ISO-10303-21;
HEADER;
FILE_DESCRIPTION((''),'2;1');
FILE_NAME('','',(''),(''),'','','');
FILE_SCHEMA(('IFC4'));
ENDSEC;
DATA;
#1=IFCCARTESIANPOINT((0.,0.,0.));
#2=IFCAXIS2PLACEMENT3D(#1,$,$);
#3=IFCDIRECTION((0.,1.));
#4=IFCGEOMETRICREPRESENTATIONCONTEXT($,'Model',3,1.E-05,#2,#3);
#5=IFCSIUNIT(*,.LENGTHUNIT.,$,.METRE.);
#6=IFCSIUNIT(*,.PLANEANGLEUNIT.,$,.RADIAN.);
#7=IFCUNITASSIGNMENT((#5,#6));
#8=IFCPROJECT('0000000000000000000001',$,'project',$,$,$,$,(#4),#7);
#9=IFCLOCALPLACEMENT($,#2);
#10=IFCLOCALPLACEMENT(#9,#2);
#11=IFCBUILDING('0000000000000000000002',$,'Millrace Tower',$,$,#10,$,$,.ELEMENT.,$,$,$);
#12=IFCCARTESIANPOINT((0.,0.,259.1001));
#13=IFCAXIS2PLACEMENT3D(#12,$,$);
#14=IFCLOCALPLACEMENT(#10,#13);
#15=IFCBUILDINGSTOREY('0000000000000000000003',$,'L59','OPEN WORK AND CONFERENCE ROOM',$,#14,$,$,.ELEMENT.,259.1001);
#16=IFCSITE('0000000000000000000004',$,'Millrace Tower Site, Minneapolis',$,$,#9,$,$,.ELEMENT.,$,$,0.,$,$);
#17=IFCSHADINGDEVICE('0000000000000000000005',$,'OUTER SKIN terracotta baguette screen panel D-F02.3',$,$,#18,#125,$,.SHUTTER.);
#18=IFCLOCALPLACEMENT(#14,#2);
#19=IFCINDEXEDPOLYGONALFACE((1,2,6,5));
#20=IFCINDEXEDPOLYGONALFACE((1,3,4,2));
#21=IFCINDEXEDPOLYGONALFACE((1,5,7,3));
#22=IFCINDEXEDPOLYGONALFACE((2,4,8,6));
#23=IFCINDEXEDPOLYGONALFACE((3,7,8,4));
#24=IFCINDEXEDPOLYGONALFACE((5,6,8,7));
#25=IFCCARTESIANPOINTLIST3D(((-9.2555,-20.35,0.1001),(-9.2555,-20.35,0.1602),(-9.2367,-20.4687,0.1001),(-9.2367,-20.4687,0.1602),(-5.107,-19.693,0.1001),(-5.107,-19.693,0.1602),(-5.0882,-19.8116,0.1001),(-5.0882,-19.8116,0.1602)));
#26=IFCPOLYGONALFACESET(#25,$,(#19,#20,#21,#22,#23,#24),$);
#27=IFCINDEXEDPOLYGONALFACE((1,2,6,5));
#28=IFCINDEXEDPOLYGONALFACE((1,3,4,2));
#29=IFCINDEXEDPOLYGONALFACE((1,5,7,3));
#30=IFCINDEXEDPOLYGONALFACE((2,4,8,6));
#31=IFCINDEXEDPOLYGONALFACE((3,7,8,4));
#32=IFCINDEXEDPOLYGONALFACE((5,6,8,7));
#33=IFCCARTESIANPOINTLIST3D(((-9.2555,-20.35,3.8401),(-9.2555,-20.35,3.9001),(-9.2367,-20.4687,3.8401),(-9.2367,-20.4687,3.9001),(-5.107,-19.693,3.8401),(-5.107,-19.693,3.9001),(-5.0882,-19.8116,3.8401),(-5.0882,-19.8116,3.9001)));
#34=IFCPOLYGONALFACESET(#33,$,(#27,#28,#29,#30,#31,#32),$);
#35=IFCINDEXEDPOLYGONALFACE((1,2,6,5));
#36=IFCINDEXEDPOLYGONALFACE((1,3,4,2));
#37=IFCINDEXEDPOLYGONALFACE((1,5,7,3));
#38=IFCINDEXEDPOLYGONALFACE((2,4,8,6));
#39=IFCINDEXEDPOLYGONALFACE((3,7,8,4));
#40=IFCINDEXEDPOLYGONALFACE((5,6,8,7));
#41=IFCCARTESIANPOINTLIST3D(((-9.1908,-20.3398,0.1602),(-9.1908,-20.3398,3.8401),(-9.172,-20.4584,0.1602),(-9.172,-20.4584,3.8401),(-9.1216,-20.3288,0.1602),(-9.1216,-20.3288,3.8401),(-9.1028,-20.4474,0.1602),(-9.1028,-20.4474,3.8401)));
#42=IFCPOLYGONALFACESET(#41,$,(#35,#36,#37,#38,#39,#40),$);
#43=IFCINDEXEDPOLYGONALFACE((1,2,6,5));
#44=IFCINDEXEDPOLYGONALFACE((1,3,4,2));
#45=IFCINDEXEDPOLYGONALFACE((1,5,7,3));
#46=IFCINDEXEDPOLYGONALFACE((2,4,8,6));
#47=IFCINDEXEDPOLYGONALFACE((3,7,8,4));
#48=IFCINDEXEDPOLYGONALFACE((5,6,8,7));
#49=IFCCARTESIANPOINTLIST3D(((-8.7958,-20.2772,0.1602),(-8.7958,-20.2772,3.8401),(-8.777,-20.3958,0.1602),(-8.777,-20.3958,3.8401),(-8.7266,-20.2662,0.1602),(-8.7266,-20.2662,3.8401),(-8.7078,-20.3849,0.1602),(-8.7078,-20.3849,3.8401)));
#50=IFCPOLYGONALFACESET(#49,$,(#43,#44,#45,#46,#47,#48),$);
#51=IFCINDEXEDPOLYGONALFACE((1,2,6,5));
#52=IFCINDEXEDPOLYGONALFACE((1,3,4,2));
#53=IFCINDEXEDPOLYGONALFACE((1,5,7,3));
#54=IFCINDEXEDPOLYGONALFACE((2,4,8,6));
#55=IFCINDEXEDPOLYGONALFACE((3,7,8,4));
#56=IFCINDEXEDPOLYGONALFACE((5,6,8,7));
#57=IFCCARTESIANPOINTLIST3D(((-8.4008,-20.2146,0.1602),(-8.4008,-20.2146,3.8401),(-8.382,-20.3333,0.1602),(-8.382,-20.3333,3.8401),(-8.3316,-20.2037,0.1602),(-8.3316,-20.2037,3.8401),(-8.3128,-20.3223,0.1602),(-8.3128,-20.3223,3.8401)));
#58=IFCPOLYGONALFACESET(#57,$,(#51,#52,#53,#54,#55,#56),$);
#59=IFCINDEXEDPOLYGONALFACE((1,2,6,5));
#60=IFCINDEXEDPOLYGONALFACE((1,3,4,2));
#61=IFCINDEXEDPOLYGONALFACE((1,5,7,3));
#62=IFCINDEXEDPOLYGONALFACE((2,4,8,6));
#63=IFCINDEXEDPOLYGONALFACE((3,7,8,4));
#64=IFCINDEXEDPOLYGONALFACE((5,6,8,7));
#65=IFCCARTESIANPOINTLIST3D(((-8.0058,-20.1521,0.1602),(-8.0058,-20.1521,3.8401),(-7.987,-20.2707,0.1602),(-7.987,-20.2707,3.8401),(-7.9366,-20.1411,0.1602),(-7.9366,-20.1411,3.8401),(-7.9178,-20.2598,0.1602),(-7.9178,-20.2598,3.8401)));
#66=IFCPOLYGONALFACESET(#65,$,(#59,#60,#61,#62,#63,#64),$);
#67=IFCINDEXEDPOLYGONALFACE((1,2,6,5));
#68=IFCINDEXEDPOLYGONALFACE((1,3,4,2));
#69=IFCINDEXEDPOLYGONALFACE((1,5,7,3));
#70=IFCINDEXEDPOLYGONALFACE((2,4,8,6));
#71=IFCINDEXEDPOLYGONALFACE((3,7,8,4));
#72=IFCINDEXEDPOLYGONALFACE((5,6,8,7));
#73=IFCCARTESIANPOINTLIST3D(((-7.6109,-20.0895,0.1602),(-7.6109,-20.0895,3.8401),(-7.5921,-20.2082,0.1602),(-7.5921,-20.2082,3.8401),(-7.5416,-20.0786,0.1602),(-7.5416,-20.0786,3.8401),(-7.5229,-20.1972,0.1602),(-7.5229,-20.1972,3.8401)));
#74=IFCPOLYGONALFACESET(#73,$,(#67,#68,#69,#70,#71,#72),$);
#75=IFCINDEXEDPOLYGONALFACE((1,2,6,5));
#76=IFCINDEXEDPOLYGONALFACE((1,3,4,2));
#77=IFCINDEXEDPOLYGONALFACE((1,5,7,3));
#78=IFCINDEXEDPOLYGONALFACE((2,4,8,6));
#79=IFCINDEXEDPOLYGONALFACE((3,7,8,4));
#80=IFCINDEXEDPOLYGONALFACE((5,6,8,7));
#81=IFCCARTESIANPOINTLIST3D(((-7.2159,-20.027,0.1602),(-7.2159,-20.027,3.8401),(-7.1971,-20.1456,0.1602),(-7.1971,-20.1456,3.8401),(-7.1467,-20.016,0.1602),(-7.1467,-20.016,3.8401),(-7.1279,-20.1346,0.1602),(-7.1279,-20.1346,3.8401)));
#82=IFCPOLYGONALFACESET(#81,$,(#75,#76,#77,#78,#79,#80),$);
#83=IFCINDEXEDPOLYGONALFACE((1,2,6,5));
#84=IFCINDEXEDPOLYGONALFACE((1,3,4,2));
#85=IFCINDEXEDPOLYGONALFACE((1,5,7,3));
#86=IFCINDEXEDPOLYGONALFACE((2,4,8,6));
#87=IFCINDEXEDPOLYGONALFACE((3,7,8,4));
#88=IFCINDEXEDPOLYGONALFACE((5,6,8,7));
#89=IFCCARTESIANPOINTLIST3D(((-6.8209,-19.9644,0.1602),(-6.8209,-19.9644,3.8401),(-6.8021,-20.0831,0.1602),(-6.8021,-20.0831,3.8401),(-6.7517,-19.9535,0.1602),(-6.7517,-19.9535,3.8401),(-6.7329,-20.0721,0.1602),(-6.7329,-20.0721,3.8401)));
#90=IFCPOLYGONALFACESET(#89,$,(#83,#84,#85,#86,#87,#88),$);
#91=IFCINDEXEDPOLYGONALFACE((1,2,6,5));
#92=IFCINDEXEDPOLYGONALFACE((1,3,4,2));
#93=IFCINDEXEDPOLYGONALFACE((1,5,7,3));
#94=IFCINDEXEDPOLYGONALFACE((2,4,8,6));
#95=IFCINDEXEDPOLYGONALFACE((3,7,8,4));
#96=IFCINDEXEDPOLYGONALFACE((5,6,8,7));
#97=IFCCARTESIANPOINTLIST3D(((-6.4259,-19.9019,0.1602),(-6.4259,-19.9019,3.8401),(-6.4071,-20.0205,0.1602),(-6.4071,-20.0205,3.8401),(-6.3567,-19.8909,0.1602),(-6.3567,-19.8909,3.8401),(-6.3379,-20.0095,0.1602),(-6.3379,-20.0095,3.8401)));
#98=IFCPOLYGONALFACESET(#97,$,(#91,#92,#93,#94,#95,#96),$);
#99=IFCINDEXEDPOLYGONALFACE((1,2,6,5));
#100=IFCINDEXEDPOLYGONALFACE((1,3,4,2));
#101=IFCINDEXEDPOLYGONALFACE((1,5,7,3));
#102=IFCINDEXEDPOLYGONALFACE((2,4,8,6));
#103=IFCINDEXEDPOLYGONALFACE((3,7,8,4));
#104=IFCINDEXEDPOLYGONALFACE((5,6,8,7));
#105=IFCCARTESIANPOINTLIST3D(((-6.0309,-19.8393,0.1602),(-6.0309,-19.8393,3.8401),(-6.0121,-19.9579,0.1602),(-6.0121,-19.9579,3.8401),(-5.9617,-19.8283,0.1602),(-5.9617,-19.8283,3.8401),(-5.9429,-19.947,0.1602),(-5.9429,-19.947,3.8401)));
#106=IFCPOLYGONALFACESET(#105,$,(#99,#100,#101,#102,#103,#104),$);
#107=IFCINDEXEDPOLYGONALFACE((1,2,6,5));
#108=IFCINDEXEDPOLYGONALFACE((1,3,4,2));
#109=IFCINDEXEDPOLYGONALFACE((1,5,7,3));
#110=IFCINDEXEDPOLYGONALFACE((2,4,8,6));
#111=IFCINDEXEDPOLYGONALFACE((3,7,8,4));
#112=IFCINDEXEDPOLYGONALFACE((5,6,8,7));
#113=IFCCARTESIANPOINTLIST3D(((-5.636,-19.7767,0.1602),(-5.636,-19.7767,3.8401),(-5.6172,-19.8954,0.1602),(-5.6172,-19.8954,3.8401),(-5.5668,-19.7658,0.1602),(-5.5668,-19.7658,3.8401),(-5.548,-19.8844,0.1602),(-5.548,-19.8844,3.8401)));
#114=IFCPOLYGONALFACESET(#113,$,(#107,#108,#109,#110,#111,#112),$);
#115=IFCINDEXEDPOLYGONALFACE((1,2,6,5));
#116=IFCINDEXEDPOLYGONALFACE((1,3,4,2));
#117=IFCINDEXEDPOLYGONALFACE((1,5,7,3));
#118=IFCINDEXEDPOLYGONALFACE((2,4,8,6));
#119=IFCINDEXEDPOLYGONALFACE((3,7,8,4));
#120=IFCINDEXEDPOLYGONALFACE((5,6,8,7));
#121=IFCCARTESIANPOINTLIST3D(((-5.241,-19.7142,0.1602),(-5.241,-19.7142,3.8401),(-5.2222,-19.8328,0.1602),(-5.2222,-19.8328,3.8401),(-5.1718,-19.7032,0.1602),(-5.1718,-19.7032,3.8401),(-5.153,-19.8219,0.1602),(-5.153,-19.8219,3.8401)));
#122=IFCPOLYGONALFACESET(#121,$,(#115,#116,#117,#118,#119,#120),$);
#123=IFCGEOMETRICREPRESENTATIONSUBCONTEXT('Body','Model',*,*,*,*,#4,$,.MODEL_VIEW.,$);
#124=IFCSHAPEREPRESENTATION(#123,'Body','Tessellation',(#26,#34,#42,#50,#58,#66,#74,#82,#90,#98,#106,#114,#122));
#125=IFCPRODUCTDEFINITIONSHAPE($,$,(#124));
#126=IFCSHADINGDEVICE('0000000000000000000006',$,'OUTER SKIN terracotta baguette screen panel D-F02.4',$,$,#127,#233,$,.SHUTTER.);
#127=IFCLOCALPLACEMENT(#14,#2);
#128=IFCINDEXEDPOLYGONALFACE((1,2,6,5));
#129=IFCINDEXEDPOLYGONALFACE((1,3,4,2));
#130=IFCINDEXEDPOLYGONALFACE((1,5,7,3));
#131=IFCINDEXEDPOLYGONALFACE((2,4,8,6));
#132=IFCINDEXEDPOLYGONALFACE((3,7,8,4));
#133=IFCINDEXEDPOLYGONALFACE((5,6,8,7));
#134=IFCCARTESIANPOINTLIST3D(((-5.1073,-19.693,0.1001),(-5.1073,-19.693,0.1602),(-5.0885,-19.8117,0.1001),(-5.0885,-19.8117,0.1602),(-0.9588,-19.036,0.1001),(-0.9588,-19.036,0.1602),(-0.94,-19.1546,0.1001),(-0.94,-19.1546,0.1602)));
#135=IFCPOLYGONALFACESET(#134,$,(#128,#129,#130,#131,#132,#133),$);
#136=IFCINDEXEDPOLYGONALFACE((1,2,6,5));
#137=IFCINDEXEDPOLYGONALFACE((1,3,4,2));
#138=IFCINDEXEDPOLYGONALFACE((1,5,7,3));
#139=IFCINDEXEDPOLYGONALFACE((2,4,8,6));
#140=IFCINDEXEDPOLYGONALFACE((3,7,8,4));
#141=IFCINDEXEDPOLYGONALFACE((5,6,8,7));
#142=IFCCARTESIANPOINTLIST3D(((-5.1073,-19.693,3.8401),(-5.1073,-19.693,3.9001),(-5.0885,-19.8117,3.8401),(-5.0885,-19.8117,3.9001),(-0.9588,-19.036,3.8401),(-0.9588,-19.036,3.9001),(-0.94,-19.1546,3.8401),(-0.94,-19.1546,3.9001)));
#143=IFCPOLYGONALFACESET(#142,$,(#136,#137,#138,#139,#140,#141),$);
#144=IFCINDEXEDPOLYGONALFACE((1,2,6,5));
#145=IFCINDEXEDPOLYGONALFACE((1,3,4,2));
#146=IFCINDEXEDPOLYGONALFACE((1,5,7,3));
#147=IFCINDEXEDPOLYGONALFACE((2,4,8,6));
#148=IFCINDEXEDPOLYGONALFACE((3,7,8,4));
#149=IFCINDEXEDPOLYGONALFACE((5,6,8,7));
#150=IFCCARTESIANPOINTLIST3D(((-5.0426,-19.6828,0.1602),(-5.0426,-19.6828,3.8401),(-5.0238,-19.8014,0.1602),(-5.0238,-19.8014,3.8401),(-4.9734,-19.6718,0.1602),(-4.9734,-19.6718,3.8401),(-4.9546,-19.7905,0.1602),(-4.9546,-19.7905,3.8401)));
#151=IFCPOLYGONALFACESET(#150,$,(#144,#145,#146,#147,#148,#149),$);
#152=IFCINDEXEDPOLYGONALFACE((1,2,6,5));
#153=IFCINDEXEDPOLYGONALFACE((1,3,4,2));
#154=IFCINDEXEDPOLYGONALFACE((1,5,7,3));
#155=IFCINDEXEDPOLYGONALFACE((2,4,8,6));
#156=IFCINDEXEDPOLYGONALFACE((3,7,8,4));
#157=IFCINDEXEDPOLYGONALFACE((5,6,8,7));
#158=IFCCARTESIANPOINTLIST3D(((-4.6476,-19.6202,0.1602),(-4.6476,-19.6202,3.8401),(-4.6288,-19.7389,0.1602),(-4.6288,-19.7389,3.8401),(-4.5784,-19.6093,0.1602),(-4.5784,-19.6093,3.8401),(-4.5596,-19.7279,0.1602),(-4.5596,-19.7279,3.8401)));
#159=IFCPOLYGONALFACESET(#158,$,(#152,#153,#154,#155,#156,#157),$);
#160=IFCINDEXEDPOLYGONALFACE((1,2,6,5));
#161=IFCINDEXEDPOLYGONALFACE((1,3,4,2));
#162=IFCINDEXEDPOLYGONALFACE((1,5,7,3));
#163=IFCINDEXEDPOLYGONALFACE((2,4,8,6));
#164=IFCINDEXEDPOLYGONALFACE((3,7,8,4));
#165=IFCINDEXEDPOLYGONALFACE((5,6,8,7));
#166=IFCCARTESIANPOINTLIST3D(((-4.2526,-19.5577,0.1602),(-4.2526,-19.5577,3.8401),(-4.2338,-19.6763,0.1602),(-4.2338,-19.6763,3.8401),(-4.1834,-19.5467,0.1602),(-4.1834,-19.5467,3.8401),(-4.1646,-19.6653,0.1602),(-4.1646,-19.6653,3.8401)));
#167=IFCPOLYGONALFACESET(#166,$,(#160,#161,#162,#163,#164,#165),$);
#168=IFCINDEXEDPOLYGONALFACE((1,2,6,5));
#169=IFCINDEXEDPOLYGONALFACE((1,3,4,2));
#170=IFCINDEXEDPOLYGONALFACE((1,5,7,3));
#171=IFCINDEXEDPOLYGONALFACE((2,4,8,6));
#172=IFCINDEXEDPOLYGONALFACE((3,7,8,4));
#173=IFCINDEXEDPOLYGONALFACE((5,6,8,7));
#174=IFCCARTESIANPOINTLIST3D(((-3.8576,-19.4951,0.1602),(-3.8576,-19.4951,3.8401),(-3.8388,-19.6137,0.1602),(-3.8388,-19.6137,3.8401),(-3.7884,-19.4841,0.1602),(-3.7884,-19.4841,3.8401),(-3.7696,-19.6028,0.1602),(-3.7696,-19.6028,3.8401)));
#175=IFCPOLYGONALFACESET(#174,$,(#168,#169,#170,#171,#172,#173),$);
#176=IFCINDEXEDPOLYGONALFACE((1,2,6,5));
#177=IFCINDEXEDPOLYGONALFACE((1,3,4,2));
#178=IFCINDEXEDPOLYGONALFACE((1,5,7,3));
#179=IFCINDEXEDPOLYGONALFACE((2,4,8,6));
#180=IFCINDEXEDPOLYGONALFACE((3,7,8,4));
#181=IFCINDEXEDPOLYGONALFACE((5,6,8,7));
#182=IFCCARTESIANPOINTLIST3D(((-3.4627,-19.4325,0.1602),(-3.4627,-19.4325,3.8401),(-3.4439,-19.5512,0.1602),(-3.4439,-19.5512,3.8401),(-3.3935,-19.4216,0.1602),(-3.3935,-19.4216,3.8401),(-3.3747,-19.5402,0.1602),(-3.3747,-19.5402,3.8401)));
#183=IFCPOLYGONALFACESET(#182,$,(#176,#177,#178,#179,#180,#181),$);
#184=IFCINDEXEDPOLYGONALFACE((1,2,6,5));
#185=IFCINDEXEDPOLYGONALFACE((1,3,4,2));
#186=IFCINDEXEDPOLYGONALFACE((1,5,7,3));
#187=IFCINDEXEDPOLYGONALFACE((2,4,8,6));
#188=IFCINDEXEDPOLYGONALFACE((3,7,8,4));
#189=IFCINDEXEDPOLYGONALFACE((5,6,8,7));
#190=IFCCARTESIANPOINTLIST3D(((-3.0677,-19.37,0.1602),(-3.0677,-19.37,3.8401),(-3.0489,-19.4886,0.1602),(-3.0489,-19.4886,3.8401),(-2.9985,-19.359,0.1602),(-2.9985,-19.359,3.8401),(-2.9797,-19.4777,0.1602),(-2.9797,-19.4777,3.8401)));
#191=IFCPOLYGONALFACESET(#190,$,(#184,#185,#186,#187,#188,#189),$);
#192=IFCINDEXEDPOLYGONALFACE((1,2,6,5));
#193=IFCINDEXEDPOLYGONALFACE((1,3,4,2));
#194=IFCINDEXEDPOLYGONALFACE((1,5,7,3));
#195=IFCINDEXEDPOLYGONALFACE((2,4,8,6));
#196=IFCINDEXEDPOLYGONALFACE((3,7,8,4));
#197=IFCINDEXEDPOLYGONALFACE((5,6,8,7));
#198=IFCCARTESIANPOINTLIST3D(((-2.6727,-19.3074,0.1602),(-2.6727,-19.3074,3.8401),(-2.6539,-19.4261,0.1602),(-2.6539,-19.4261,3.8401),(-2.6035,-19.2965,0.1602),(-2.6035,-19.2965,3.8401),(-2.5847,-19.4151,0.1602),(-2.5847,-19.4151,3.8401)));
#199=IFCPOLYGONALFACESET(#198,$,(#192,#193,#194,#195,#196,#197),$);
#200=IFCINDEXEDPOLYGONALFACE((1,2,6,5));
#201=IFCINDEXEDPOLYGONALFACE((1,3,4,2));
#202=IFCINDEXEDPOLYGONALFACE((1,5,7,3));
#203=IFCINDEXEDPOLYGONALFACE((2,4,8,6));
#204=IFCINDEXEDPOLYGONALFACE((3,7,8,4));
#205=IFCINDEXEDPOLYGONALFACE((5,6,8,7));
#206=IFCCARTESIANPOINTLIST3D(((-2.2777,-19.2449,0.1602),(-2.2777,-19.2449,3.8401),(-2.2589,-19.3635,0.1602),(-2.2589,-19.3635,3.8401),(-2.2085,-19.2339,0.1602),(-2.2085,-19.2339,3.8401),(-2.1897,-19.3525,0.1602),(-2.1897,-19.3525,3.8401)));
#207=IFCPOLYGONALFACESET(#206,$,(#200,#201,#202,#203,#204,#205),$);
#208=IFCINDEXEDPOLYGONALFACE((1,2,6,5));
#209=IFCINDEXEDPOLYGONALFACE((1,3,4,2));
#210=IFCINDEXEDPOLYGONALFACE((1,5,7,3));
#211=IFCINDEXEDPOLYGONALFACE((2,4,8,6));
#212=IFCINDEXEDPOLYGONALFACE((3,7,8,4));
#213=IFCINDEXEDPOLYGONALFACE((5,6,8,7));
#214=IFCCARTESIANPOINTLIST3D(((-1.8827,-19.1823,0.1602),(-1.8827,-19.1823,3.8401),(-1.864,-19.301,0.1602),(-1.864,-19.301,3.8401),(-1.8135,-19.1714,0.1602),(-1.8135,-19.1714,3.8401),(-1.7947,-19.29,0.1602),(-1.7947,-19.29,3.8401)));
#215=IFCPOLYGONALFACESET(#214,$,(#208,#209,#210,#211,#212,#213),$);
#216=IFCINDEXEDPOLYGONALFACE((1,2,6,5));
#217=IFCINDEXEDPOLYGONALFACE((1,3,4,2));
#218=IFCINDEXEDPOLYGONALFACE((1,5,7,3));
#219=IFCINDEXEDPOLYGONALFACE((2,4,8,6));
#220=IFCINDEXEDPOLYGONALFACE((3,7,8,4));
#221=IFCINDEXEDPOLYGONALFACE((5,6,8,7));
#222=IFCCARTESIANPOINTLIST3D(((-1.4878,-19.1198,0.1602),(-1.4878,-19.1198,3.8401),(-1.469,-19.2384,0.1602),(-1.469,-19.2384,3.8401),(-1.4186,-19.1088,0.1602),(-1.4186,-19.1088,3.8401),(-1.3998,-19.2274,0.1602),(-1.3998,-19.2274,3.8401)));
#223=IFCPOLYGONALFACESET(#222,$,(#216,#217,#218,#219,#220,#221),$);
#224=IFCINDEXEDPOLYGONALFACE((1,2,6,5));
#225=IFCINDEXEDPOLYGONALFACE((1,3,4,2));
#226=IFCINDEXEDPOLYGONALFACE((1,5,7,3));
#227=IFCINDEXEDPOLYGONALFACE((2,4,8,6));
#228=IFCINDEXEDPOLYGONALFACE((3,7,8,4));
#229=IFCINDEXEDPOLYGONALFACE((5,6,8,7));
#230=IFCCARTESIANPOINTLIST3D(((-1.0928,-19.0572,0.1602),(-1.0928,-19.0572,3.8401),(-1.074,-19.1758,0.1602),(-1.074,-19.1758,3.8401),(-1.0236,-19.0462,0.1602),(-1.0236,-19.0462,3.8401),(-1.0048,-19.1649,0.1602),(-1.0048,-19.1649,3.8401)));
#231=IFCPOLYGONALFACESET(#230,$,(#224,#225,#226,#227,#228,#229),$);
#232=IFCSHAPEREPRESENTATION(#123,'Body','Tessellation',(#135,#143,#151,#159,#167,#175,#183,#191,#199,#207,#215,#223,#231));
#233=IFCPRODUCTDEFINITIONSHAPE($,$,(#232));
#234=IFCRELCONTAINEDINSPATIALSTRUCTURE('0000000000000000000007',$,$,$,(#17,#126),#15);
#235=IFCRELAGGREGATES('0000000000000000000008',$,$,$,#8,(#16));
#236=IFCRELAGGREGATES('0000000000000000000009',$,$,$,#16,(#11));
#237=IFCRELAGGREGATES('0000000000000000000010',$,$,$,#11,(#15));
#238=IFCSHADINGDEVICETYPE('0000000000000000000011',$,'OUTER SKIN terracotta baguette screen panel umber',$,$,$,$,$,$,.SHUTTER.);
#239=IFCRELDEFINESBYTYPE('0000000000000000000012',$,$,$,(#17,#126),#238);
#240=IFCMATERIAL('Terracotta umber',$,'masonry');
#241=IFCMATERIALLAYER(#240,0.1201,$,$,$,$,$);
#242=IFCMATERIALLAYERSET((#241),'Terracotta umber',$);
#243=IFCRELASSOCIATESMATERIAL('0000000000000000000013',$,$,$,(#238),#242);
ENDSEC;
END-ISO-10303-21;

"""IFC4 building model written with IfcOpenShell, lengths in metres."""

from ifc_helpers import new_model, entity, si_unit, direction, frame, frame_2d, origin, origin_2d, place, context, subcontext, project, spatial, rectangle, extrude, source, transform, mapped, material, layer, layer_set, type_object, element, save


model = new_model("IFC4")

# Units and contexts
model_context = context("Model", 3, precision=1e-05, world=origin(), true_north=direction((0.0, 1.0)))
body_context = subcontext(model_context, "Body", "Model", "MODEL_VIEW")
ifc_project = project(units=[si_unit("LENGTHUNIT", "METRE"), si_unit("PLANEANGLEUNIT", "RADIAN")], contexts=[model_context])

# Site, building, storey
site_placement = place(None, origin())
site = spatial("IfcSite", under=ifc_project, at=site_placement, Name="Millrace Tower Site, Minneapolis", CompositionType="ELEMENT", RefElevation=0.0)
building_placement = place(site_placement, origin())
building = spatial("IfcBuilding", under=site, at=building_placement, Name="Millrace Tower", CompositionType="ELEMENT")
storey_placement = place(building_placement, frame((0.0, 0.0, 259.1001)))
storey = spatial("IfcBuildingStorey", under=building, at=storey_placement, Name="L59", Description="OPEN WORK AND CONFERENCE ROOM", CompositionType="ELEMENT", Elevation=259.1001)

# Shading devices
ifc_material_1 = material(Name="Terracotta umber", Category="masonry")
ifc_layer_1 = layer(ifc_material_1, 0.1201)
ifc_layer_set_1 = layer_set([ifc_layer_1], Name="Terracotta umber")
shading_device_type = type_object("IfcShadingDeviceType", Name="OUTER SKIN terracotta baguette screen panel umber", PredefinedType="SHUTTER", material=ifc_layer_set_1)
cartesian_point = entity("IfcCartesianPoint", [-2.1001, 0.0601])
shared_polyline = entity("IfcPolyline", [cartesian_point, entity("IfcCartesianPoint", [2.1001, 0.0601]), entity("IfcCartesianPoint", [2.1001, -0.0601]), entity("IfcCartesianPoint", [-2.1001, -0.0601]), cartesian_point])
shared_shape = source(origin(), body_context, "Body", "SweptSolid", [
    entity("IfcExtrudedAreaSolid", entity("IfcArbitraryClosedProfileDef", "AREA", None, shared_polyline), entity("IfcAxis2Placement3D", entity("IfcCartesianPoint", [0.0, 0.0, 0.0])), entity("IfcDirection", [0.0, 0.0, 1.0]), 0.0601),
    entity("IfcExtrudedAreaSolid", entity("IfcArbitraryClosedProfileDef", "AREA", None, shared_polyline), entity("IfcAxis2Placement3D", entity("IfcCartesianPoint", [0.0, 0.0, 3.74])), entity("IfcDirection", [0.0, 0.0, 1.0]), 0.0601),
    extrude(rectangle(XDim=0.0701, YDim=0.1201, at=frame_2d((-1.9995, 0.0))), frame((0.0, 0.0, 0.0601)), (0.0, 0.0, 1.0), 3.6799),
    extrude(rectangle(XDim=0.0701, YDim=0.1201, at=frame_2d((-1.5996, 0.0))), frame((0.0, 0.0, 0.0601)), (0.0, 0.0, 1.0), 3.6799),
    extrude(rectangle(XDim=0.0701, YDim=0.1201, at=frame_2d((-1.1997, 0.0))), frame((0.0, 0.0, 0.0601)), (0.0, 0.0, 1.0), 3.6799),
    extrude(rectangle(XDim=0.0701, YDim=0.1201, at=frame_2d((-0.7998, 0.0))), frame((0.0, 0.0, 0.0601)), (0.0, 0.0, 1.0), 3.6799),
    extrude(rectangle(XDim=0.0701, YDim=0.1201, at=frame_2d((-0.3999, 0.0))), frame((0.0, 0.0, 0.0601)), (0.0, 0.0, 1.0), 3.6799),
    extrude(rectangle(XDim=0.0701, YDim=0.1201, at=origin_2d()), frame((0.0, 0.0, 0.0601)), (0.0, 0.0, 1.0), 3.6799),
    extrude(rectangle(XDim=0.0701, YDim=0.1201, at=frame_2d((0.3999, 0.0))), frame((0.0, 0.0, 0.0601)), (0.0, 0.0, 1.0), 3.6799),
    extrude(rectangle(XDim=0.0701, YDim=0.1201, at=frame_2d((0.7998, 0.0))), frame((0.0, 0.0, 0.0601)), (0.0, 0.0, 1.0), 3.6799),
    extrude(rectangle(XDim=0.0701, YDim=0.1201, at=frame_2d((1.1997, 0.0))), frame((0.0, 0.0, 0.0601)), (0.0, 0.0, 1.0), 3.6799),
    extrude(rectangle(XDim=0.0701, YDim=0.1201, at=frame_2d((1.5996, 0.0))), frame((0.0, 0.0, 0.0601)), (0.0, 0.0, 1.0), 3.6799),
    extrude(rectangle(XDim=0.0701, YDim=0.1201, at=frame_2d((1.9995, 0.0))), frame((0.0, 0.0, 0.0601)), (0.0, 0.0, 1.0), 3.6799),
])
for number, where, z_axis, x_axis, name in (
    (1, (-7.1719, -20.0808, 0.1001), (0.0, 0.0, 1.0), (0.987688, 0.156434, 0.0), "OUTER SKIN terracotta baguette screen panel D-F02.3"),
    (2, (-3.0237, -19.4238, 0.1001), (0.0, 0.0, 1.0), (0.987688, 0.156434, 0.0), "OUTER SKIN terracotta baguette screen panel D-F02.4"),
):
    element("IfcShadingDevice", number, at=place(storey_placement, frame(where, z_axis=z_axis, x_axis=x_axis)), inside=storey, type_object=shading_device_type, Name=name, PredefinedType="SHUTTER", context=body_context, shape_type="MappedRepresentation", body=[
        mapped(shared_shape, transform((0.0, 0.0, 0.0), scale=1.0)),
    ])

save(model, "model.ifc")
